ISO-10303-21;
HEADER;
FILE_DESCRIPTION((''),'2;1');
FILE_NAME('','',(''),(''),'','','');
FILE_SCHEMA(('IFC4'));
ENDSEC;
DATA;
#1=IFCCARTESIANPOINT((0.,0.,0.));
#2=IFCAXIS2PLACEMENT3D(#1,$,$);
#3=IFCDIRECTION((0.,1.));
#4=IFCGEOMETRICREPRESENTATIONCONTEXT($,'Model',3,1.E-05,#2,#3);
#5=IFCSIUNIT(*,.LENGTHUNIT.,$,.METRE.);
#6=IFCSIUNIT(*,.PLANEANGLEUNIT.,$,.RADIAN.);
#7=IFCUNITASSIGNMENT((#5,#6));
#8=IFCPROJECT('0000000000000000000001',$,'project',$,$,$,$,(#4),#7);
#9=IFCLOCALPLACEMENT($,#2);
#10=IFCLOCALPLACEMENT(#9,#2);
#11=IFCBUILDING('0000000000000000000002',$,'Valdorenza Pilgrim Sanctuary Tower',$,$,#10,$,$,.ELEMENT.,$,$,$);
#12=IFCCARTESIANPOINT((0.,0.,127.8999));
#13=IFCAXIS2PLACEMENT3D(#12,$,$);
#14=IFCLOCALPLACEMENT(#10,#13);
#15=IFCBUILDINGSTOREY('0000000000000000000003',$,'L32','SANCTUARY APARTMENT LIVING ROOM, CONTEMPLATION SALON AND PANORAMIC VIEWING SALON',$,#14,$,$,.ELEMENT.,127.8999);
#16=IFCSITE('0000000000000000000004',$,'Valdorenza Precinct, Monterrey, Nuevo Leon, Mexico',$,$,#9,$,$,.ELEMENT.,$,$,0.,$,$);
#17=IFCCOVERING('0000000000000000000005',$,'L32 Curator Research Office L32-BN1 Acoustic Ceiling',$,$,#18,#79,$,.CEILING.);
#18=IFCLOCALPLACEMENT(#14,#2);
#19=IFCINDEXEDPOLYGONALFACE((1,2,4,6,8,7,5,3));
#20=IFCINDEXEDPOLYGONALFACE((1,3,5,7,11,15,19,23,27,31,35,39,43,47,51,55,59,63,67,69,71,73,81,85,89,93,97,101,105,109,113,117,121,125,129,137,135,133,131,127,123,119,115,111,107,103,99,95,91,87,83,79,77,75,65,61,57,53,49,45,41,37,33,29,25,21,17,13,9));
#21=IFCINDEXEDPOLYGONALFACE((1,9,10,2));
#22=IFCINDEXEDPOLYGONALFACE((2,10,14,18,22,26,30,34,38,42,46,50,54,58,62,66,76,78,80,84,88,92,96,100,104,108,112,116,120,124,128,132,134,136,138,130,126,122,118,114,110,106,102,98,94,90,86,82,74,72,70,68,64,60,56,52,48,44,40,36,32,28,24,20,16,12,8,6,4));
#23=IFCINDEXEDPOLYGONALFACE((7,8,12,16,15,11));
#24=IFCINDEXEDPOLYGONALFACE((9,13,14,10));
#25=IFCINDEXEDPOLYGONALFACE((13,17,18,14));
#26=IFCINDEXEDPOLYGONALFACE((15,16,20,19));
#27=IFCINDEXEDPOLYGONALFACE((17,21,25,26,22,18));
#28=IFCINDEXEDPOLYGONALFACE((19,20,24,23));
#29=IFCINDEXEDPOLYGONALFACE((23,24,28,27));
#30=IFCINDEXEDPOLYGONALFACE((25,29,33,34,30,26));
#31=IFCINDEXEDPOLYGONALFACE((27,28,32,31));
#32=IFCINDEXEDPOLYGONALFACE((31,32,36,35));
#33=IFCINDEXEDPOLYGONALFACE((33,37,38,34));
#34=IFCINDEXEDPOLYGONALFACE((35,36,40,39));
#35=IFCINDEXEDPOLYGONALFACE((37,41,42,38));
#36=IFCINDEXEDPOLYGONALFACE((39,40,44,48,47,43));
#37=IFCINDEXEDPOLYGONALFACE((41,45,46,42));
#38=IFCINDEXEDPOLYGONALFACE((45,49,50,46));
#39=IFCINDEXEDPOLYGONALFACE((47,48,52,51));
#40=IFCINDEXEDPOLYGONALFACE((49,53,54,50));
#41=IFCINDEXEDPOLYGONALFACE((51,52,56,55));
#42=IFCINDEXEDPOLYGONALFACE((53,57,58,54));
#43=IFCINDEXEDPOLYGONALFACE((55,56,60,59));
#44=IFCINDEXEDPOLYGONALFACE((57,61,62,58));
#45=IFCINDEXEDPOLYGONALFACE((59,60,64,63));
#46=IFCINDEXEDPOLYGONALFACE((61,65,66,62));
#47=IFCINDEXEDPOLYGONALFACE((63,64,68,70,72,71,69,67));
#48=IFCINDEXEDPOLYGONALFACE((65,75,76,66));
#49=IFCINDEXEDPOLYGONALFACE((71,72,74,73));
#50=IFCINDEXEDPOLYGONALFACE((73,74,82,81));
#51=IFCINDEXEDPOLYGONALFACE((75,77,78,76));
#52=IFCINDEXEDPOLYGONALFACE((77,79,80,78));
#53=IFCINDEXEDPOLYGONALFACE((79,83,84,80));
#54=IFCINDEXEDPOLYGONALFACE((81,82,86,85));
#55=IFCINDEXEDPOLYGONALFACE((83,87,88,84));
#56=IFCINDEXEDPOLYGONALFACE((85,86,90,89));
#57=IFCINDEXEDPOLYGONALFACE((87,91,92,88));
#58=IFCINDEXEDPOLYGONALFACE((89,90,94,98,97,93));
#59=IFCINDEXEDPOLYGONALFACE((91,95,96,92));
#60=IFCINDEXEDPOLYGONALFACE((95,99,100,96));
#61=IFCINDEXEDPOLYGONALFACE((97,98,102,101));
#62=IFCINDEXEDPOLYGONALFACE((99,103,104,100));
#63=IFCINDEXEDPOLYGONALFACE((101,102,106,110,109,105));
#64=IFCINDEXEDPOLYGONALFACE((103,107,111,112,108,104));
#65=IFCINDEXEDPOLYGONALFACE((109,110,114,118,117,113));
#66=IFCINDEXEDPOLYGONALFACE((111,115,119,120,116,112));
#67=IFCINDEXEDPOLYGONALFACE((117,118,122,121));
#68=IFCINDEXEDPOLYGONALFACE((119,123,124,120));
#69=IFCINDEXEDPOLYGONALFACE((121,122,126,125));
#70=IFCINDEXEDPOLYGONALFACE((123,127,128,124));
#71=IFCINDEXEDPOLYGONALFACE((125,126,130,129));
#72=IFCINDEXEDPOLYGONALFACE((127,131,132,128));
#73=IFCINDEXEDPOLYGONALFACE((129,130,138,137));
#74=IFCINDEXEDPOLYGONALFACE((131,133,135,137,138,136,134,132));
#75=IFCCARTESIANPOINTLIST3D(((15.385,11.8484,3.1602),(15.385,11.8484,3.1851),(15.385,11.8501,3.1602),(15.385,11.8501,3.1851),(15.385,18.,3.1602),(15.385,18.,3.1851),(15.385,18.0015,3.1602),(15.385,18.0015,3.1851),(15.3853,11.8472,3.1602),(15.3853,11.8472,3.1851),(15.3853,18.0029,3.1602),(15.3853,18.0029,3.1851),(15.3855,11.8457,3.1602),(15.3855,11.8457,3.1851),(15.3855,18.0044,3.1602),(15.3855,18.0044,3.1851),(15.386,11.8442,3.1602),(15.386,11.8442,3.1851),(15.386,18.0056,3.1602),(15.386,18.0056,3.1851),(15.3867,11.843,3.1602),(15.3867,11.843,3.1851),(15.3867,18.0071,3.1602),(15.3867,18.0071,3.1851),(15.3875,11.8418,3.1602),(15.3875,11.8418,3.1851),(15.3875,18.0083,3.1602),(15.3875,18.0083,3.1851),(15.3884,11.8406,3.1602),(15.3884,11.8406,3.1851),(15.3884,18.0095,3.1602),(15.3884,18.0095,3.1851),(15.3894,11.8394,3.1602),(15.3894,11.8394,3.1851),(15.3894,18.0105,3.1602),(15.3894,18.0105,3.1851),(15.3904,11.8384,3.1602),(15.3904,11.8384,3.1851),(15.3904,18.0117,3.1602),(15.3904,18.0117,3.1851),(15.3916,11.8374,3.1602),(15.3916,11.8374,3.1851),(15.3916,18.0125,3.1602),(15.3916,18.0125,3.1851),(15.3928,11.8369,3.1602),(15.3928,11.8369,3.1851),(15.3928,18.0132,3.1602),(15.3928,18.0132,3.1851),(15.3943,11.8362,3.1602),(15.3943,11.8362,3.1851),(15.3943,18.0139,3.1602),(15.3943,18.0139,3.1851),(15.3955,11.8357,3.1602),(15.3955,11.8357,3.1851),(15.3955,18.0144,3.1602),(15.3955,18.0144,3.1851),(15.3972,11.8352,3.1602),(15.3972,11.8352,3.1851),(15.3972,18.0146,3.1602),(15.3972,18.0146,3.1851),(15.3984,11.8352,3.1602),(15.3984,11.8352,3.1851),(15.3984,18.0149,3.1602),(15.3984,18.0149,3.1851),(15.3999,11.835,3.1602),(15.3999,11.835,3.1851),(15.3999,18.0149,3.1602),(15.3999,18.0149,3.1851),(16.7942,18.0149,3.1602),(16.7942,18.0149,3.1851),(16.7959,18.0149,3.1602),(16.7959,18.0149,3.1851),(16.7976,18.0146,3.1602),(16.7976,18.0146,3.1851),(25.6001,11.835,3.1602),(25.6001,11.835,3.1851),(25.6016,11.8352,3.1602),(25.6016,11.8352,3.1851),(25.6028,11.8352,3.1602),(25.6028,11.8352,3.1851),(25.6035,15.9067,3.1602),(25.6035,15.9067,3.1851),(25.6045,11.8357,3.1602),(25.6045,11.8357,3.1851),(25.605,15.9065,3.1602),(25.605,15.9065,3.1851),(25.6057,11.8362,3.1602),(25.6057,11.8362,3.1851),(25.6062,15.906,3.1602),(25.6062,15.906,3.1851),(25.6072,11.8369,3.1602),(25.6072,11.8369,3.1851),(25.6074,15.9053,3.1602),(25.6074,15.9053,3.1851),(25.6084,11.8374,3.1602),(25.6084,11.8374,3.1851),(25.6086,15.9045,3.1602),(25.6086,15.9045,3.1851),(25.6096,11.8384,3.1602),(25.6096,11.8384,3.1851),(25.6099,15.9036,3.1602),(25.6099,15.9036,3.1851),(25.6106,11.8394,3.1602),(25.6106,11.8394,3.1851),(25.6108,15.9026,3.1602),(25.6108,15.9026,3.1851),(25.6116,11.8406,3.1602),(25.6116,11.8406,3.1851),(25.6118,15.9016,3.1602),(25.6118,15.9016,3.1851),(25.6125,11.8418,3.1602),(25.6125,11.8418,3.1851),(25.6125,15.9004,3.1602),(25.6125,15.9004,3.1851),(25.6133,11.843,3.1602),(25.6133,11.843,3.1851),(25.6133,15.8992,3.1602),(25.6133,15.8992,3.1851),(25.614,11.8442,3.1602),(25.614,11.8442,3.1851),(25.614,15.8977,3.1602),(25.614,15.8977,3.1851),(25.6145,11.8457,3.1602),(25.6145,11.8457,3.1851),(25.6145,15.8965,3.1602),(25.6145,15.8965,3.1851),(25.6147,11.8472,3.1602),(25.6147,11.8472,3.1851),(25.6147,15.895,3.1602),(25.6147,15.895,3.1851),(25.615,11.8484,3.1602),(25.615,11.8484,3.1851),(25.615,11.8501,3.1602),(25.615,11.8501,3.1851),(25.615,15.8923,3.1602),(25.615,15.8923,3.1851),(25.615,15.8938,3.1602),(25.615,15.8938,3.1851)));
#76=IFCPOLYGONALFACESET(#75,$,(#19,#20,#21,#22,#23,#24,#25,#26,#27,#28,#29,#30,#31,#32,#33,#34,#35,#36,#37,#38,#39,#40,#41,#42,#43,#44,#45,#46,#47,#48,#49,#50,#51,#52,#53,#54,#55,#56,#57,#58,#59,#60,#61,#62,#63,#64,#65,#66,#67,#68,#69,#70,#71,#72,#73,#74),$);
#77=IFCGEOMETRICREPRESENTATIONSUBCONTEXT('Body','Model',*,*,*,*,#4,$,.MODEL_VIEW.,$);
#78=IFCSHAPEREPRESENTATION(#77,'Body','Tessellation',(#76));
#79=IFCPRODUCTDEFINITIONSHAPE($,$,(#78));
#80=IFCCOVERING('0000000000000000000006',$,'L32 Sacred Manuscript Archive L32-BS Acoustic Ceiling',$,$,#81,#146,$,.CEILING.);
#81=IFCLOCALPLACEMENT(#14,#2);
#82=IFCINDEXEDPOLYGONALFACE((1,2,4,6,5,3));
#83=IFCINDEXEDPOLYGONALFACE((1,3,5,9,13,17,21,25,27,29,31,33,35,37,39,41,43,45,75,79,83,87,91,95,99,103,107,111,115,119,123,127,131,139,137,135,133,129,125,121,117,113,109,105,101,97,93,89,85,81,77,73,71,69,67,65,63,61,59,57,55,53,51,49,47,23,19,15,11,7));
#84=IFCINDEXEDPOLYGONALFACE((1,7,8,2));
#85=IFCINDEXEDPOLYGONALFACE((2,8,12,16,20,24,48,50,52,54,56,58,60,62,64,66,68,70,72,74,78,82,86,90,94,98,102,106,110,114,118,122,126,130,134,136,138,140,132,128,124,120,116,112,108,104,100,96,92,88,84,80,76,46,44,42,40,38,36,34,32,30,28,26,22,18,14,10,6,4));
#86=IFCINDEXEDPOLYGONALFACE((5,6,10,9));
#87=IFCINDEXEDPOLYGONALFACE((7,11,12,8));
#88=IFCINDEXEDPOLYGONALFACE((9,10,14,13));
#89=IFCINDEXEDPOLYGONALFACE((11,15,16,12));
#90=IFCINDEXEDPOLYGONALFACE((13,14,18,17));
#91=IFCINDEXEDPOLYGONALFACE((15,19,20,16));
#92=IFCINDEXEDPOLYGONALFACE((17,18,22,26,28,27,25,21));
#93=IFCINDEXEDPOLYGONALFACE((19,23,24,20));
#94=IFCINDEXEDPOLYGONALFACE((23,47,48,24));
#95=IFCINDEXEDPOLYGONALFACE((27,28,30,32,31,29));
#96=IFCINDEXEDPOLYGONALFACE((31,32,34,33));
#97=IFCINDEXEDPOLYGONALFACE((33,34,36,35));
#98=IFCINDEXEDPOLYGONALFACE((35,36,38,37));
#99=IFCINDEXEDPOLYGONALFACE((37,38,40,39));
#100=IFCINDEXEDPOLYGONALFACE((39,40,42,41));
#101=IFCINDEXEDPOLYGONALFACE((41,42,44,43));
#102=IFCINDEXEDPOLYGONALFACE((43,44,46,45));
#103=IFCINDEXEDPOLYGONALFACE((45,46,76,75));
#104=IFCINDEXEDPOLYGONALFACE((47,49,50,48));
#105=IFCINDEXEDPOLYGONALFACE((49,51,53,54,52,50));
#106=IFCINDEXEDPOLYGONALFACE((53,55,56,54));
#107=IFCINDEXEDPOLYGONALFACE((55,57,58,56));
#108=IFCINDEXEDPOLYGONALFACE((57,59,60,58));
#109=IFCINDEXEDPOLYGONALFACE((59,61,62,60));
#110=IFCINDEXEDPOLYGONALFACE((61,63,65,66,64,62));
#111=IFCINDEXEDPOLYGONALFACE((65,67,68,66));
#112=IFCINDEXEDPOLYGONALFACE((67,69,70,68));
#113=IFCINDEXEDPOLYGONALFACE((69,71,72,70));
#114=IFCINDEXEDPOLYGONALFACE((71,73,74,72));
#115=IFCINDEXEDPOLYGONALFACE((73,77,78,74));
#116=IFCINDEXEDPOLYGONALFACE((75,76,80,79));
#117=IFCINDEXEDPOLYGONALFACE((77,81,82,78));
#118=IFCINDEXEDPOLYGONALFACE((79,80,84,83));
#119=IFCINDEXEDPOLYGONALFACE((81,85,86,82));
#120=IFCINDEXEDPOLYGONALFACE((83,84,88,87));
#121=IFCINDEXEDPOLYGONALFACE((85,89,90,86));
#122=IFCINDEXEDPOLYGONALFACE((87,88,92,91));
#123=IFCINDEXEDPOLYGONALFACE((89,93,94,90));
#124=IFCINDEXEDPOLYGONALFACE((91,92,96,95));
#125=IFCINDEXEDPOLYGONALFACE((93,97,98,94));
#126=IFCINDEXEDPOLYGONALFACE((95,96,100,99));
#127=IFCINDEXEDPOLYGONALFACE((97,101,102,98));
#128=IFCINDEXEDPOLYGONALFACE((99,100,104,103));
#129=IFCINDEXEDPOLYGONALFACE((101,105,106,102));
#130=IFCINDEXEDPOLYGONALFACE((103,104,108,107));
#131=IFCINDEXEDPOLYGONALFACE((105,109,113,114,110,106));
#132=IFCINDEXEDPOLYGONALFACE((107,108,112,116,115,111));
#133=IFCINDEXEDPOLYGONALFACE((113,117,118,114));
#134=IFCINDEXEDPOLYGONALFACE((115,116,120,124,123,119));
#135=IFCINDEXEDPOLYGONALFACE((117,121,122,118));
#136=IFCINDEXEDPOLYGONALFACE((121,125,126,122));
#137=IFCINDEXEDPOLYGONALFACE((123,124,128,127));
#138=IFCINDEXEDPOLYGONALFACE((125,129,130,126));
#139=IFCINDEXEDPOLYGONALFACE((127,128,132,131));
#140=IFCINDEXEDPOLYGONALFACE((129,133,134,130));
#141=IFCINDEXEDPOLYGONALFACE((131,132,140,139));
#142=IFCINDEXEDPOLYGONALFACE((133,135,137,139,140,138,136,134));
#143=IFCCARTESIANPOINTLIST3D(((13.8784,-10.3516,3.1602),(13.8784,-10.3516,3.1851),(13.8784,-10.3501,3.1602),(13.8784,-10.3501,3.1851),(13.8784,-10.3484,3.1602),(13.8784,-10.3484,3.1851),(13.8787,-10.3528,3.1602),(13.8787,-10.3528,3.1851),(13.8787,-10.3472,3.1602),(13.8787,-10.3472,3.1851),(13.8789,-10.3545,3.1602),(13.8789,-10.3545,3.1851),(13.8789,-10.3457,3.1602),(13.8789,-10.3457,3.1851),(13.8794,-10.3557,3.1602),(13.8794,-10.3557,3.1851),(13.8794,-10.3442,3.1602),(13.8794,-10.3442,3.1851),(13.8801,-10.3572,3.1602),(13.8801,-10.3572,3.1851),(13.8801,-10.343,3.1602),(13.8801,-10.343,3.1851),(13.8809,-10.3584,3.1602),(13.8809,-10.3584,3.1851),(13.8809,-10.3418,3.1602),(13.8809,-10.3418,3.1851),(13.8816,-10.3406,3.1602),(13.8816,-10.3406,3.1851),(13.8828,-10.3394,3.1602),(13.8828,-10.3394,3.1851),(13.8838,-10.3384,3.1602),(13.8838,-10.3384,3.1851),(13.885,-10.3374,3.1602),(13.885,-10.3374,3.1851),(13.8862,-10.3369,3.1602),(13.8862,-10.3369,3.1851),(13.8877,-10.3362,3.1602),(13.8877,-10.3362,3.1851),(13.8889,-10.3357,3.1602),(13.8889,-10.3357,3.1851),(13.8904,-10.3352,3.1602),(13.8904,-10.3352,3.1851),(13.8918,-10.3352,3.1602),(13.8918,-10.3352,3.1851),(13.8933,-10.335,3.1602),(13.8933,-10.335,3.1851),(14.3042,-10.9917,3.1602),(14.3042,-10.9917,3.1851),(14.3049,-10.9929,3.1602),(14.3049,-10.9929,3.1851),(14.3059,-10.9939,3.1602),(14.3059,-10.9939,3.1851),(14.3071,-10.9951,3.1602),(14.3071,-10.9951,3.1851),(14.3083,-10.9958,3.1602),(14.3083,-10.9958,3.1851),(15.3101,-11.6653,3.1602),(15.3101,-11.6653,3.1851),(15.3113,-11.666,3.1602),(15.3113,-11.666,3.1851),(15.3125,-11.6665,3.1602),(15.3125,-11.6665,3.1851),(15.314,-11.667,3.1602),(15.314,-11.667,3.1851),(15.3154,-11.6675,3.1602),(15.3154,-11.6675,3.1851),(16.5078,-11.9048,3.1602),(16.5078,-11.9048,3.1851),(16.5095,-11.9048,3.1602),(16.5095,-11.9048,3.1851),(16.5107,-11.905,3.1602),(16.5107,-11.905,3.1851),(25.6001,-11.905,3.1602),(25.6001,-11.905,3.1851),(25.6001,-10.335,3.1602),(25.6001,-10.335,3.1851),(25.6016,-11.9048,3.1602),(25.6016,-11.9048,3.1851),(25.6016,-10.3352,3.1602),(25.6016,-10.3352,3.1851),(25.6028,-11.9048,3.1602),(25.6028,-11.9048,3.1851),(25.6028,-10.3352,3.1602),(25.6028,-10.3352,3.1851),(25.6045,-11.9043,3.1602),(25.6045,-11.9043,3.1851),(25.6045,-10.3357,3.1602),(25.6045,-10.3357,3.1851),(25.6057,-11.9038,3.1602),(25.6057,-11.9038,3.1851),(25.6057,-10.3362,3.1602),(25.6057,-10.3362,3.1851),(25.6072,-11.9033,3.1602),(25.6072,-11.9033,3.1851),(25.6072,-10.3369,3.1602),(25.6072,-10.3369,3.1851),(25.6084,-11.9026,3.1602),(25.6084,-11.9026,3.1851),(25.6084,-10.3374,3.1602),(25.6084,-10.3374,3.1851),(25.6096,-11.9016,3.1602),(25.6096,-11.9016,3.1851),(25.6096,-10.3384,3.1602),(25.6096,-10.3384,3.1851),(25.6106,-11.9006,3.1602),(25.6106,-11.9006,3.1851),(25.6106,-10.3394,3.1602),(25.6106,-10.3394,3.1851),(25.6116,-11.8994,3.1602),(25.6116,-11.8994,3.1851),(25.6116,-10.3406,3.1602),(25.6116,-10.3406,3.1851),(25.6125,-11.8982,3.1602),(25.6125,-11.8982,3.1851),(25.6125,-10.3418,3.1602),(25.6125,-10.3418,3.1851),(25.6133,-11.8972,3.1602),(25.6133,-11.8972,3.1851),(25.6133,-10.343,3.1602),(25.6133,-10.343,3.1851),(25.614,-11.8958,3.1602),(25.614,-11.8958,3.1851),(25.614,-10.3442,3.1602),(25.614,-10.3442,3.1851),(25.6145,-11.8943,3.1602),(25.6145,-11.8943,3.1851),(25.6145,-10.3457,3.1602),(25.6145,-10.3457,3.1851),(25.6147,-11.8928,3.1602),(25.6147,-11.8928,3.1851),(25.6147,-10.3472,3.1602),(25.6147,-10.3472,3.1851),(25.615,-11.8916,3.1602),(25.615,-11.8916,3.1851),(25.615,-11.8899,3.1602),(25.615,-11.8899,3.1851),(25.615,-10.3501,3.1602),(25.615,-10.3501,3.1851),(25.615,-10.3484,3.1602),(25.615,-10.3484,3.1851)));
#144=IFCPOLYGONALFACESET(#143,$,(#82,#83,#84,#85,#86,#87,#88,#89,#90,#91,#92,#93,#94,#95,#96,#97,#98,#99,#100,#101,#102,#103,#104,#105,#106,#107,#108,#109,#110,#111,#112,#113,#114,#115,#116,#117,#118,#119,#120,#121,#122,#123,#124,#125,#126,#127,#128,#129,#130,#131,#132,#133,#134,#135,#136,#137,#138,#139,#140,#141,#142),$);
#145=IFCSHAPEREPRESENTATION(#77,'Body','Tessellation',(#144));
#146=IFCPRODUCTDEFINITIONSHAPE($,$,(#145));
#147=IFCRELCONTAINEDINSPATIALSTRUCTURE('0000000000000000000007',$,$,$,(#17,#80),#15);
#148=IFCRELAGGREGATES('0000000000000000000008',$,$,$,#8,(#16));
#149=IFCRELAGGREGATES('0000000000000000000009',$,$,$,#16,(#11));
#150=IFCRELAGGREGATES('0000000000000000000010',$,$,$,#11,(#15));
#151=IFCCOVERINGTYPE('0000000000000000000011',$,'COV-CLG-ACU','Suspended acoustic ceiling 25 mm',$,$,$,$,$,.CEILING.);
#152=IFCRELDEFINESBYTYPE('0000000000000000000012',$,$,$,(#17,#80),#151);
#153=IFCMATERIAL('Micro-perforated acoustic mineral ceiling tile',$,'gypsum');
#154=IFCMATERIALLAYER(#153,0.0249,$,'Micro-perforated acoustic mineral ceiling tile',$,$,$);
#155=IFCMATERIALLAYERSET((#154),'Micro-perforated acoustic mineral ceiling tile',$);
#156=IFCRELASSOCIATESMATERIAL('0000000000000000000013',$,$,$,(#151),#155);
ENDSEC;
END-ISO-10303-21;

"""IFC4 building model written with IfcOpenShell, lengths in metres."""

from ifc_helpers import new_model, si_unit, direction, frame, origin, place, context, subcontext, project, spatial, polyline, outline, extrude, material, layer, layer_set, type_object, element, save


model = new_model("IFC4")

# Units and contexts
model_context = context("Model", 3, precision=1e-05, world=origin(), true_north=direction((0.0, 1.0)))
body_context = subcontext(model_context, "Body", "Model", "MODEL_VIEW")
ifc_project = project(units=[si_unit("LENGTHUNIT", "METRE"), si_unit("PLANEANGLEUNIT", "RADIAN")], contexts=[model_context])

# Site, building, storey
site_placement = place(None, origin())
site = spatial("IfcSite", under=ifc_project, at=site_placement, Name="Valdorenza Precinct, Monterrey, Nuevo Leon, Mexico", CompositionType="ELEMENT", RefElevation=0.0)
building_placement = place(site_placement, origin())
building = spatial("IfcBuilding", under=site, at=building_placement, Name="Valdorenza Pilgrim Sanctuary Tower", CompositionType="ELEMENT")
storey_placement = place(building_placement, frame((0.0, 0.0, 127.8999)))
storey = spatial("IfcBuildingStorey", under=building, at=storey_placement, Name="L32", Description="SANCTUARY APARTMENT LIVING ROOM, CONTEMPLATION SALON AND PANORAMIC VIEWING SALON", CompositionType="ELEMENT", Elevation=127.8999)

# Coverings
ifc_material_1 = material(Name="Micro-perforated acoustic mineral ceiling tile", Category="gypsum")
ifc_layer_1 = layer(ifc_material_1, 0.0249, Name="Micro-perforated acoustic mineral ceiling tile")
ifc_layer_set_1 = layer_set([ifc_layer_1], Name="Micro-perforated acoustic mineral ceiling tile")
covering_type_1 = type_object("IfcCoveringType", Name="COV-CLG-ACU", Description="Suspended acoustic ceiling 25 mm", PredefinedType="CEILING", material=ifc_layer_set_1)
covering_1_placement = place(storey_placement, frame((0.0, 0.0, 3.1602)))
element("IfcCovering", 1, at=covering_1_placement, inside=storey, type_object=covering_type_1, Name="L32 Curator Research Office L32-BN1 Acoustic Ceiling", PredefinedType="CEILING", context=body_context, shape_type="SweptSolid", body=[
    extrude(outline(polyline([(15.3999, 11.835), (15.3984, 11.8352), (15.3972, 11.8352), (15.3955, 11.8357), (15.3943, 11.8362), (15.3928, 11.8369), (15.3916, 11.8374), (15.3904, 11.8384), (15.3894, 11.8394), (15.3884, 11.8406), (15.3875, 11.8418), (15.3867, 11.843), (15.386, 11.8442), (15.3855, 11.8457), (15.3853, 11.8472), (15.385, 11.8484), (15.385, 11.8501), (15.385, 18.0), (15.385, 18.0015), (15.3853, 18.0029), (15.3855, 18.0044), (15.386, 18.0056), (15.3867, 18.0071), (15.3875, 18.0083), (15.3884, 18.0095), (15.3894, 18.0105), (15.3904, 18.0117), (15.3916, 18.0125), (15.3928, 18.0132), (15.3943, 18.0139), (15.3955, 18.0144), (15.3972, 18.0146), (15.3984, 18.0149), (15.3999, 18.0149), (16.7942, 18.0149), (16.7959, 18.0149), (16.7976, 18.0146), (25.6035, 15.9067), (25.605, 15.9065), (25.6062, 15.906), (25.6074, 15.9053), (25.6086, 15.9045), (25.6099, 15.9036), (25.6108, 15.9026), (25.6118, 15.9016), (25.6125, 15.9004), (25.6133, 15.8992), (25.614, 15.8977), (25.6145, 15.8965), (25.6147, 15.895), (25.615, 15.8938), (25.615, 15.8923), (25.615, 11.8501), (25.615, 11.8484), (25.6147, 11.8472), (25.6145, 11.8457), (25.614, 11.8442), (25.6133, 11.843), (25.6125, 11.8418), (25.6116, 11.8406), (25.6106, 11.8394), (25.6096, 11.8384), (25.6084, 11.8374), (25.6072, 11.8369), (25.6057, 11.8362), (25.6045, 11.8357), (25.6028, 11.8352), (25.6016, 11.8352), (25.6001, 11.835), (15.3999, 11.835)])), origin(), (0.0, 0.0, 1.0), 0.0249),
])
covering_2_placement = place(storey_placement, frame((0.0, 0.0, 3.1602)))
element("IfcCovering", 2, at=covering_2_placement, inside=storey, type_object=covering_type_1, Name="L32 Sacred Manuscript Archive L32-BS Acoustic Ceiling", PredefinedType="CEILING", context=body_context, shape_type="SweptSolid", body=[
    extrude(outline(polyline([(25.615, -11.8899), (25.615, -11.8916), (25.6147, -11.8928), (25.6145, -11.8943), (25.614, -11.8958), (25.6133, -11.8972), (25.6125, -11.8982), (25.6116, -11.8994), (25.6106, -11.9006), (25.6096, -11.9016), (25.6084, -11.9026), (25.6072, -11.9033), (25.6057, -11.9038), (25.6045, -11.9043), (25.6028, -11.9048), (25.6016, -11.9048), (25.6001, -11.905), (16.5107, -11.905), (16.5095, -11.9048), (16.5078, -11.9048), (15.3154, -11.6675), (15.314, -11.667), (15.3125, -11.6665), (15.3113, -11.666), (15.3101, -11.6653), (14.3083, -10.9958), (14.3071, -10.9951), (14.3059, -10.9939), (14.3049, -10.9929), (14.3042, -10.9917), (13.8809, -10.3584), (13.8801, -10.3572), (13.8794, -10.3557), (13.8789, -10.3545), (13.8787, -10.3528), (13.8784, -10.3516), (13.8784, -10.3501), (13.8784, -10.3484), (13.8787, -10.3472), (13.8789, -10.3457), (13.8794, -10.3442), (13.8801, -10.343), (13.8809, -10.3418), (13.8816, -10.3406), (13.8828, -10.3394), (13.8838, -10.3384), (13.885, -10.3374), (13.8862, -10.3369), (13.8877, -10.3362), (13.8889, -10.3357), (13.8904, -10.3352), (13.8918, -10.3352), (13.8933, -10.335), (25.6001, -10.335), (25.6016, -10.3352), (25.6028, -10.3352), (25.6045, -10.3357), (25.6057, -10.3362), (25.6072, -10.3369), (25.6084, -10.3374), (25.6096, -10.3384), (25.6106, -10.3394), (25.6116, -10.3406), (25.6125, -10.3418), (25.6133, -10.343), (25.614, -10.3442), (25.6145, -10.3457), (25.6147, -10.3472), (25.615, -10.3484), (25.615, -10.3501), (25.615, -11.8899)])), origin(), (0.0, 0.0, 1.0), 0.0249),
])

save(model, "model.ifc")
